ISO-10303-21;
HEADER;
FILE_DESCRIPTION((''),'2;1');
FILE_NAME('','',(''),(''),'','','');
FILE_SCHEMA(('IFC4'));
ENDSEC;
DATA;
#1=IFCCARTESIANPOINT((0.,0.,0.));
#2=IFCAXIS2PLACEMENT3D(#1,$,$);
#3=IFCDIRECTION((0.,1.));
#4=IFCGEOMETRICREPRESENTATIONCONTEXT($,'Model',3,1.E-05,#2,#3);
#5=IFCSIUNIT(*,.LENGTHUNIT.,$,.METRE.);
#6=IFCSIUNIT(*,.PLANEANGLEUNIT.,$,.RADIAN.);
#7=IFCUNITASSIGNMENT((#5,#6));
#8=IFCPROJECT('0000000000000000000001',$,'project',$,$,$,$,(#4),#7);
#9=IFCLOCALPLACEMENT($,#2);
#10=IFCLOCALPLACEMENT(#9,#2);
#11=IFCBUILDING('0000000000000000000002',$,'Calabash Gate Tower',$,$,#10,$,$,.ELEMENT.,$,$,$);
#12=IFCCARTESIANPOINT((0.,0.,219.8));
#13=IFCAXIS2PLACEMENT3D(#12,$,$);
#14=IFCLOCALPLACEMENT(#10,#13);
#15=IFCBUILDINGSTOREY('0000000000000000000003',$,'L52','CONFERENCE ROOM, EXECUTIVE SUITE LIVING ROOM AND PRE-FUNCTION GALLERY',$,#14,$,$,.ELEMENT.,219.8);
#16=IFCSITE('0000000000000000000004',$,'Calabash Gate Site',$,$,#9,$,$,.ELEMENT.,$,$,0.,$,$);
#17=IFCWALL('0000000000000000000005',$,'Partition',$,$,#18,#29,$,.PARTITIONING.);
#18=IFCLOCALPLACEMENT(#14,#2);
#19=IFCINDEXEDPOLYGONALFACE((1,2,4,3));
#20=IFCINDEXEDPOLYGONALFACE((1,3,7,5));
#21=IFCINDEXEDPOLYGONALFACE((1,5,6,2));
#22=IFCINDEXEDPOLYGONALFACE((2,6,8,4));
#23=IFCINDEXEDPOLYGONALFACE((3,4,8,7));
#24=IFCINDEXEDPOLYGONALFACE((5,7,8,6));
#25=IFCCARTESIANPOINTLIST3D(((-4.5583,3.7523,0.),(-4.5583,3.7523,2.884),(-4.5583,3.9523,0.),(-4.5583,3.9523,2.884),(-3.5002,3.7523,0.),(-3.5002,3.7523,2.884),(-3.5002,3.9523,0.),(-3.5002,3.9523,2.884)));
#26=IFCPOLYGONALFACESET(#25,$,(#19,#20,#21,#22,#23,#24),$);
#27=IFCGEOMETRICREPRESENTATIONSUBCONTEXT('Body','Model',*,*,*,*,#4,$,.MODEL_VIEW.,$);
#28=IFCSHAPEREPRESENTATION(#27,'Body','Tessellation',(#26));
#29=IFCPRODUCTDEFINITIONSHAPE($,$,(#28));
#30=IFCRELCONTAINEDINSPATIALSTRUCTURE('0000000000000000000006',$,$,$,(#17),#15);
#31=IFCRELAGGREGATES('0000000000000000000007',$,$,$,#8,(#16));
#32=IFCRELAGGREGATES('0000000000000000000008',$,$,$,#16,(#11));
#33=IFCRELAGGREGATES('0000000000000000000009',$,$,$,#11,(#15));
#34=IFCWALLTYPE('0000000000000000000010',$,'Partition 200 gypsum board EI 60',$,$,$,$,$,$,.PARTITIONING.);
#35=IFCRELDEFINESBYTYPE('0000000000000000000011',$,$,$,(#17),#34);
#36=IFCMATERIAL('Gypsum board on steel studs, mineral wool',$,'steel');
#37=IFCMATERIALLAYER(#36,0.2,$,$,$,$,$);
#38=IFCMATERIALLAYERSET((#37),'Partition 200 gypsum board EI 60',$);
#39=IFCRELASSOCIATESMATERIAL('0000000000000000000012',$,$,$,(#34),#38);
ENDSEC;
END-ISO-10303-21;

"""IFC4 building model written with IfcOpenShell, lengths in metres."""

from ifc_helpers import new_model, si_unit, direction, frame, frame_2d, origin, place, context, subcontext, project, spatial, rectangle, extrude, material, layer, layer_set, type_object, element, save


model = new_model("IFC4")

# Units and contexts
model_context = context("Model", 3, precision=1e-05, world=origin(), true_north=direction((0.0, 1.0)))
body_context = subcontext(model_context, "Body", "Model", "MODEL_VIEW")
ifc_project = project(units=[si_unit("LENGTHUNIT", "METRE"), si_unit("PLANEANGLEUNIT", "RADIAN")], contexts=[model_context])

# Site, building, storey
site_placement = place(None, origin())
site = spatial("IfcSite", under=ifc_project, at=site_placement, Name="Calabash Gate Site", CompositionType="ELEMENT", RefElevation=0.0)
building_placement = place(site_placement, origin())
building = spatial("IfcBuilding", under=site, at=building_placement, Name="Calabash Gate Tower", CompositionType="ELEMENT")
storey_placement = place(building_placement, frame((0.0, 0.0, 219.8)))
storey = spatial("IfcBuildingStorey", under=building, at=storey_placement, Name="L52", Description="CONFERENCE ROOM, EXECUTIVE SUITE LIVING ROOM AND PRE-FUNCTION GALLERY", CompositionType="ELEMENT", Elevation=219.8)

# Shared definitions
ifc_material_1 = material(Name="Gypsum board on steel studs, mineral wool", Category="steel")
ifc_layer_1 = layer(ifc_material_1, 0.2)
ifc_layer_set_1 = layer_set([ifc_layer_1], Name="Partition 200 gypsum board EI 60")
wall_type_1 = type_object("IfcWallType", Name="Partition 200 gypsum board EI 60", PredefinedType="PARTITIONING", material=ifc_layer_set_1)

# Wall
wall_1_placement = place(storey_placement, frame((-4.5583, 3.8523, 0.0), z_axis=(0.0, 0.0, 1.0), x_axis=(1.0, 0.0, 0.0)))
element("IfcWall", 1, at=wall_1_placement, inside=storey, type_object=wall_type_1, Name="Partition", PredefinedType="PARTITIONING", context=body_context, shape_type="SweptSolid", body=[
    extrude(rectangle(XDim=1.0581, YDim=0.2, at=frame_2d((0.5291, 0.0))), origin(), (0.0, 0.0, 1.0), 2.884),
])

save(model, "model.ifc")
